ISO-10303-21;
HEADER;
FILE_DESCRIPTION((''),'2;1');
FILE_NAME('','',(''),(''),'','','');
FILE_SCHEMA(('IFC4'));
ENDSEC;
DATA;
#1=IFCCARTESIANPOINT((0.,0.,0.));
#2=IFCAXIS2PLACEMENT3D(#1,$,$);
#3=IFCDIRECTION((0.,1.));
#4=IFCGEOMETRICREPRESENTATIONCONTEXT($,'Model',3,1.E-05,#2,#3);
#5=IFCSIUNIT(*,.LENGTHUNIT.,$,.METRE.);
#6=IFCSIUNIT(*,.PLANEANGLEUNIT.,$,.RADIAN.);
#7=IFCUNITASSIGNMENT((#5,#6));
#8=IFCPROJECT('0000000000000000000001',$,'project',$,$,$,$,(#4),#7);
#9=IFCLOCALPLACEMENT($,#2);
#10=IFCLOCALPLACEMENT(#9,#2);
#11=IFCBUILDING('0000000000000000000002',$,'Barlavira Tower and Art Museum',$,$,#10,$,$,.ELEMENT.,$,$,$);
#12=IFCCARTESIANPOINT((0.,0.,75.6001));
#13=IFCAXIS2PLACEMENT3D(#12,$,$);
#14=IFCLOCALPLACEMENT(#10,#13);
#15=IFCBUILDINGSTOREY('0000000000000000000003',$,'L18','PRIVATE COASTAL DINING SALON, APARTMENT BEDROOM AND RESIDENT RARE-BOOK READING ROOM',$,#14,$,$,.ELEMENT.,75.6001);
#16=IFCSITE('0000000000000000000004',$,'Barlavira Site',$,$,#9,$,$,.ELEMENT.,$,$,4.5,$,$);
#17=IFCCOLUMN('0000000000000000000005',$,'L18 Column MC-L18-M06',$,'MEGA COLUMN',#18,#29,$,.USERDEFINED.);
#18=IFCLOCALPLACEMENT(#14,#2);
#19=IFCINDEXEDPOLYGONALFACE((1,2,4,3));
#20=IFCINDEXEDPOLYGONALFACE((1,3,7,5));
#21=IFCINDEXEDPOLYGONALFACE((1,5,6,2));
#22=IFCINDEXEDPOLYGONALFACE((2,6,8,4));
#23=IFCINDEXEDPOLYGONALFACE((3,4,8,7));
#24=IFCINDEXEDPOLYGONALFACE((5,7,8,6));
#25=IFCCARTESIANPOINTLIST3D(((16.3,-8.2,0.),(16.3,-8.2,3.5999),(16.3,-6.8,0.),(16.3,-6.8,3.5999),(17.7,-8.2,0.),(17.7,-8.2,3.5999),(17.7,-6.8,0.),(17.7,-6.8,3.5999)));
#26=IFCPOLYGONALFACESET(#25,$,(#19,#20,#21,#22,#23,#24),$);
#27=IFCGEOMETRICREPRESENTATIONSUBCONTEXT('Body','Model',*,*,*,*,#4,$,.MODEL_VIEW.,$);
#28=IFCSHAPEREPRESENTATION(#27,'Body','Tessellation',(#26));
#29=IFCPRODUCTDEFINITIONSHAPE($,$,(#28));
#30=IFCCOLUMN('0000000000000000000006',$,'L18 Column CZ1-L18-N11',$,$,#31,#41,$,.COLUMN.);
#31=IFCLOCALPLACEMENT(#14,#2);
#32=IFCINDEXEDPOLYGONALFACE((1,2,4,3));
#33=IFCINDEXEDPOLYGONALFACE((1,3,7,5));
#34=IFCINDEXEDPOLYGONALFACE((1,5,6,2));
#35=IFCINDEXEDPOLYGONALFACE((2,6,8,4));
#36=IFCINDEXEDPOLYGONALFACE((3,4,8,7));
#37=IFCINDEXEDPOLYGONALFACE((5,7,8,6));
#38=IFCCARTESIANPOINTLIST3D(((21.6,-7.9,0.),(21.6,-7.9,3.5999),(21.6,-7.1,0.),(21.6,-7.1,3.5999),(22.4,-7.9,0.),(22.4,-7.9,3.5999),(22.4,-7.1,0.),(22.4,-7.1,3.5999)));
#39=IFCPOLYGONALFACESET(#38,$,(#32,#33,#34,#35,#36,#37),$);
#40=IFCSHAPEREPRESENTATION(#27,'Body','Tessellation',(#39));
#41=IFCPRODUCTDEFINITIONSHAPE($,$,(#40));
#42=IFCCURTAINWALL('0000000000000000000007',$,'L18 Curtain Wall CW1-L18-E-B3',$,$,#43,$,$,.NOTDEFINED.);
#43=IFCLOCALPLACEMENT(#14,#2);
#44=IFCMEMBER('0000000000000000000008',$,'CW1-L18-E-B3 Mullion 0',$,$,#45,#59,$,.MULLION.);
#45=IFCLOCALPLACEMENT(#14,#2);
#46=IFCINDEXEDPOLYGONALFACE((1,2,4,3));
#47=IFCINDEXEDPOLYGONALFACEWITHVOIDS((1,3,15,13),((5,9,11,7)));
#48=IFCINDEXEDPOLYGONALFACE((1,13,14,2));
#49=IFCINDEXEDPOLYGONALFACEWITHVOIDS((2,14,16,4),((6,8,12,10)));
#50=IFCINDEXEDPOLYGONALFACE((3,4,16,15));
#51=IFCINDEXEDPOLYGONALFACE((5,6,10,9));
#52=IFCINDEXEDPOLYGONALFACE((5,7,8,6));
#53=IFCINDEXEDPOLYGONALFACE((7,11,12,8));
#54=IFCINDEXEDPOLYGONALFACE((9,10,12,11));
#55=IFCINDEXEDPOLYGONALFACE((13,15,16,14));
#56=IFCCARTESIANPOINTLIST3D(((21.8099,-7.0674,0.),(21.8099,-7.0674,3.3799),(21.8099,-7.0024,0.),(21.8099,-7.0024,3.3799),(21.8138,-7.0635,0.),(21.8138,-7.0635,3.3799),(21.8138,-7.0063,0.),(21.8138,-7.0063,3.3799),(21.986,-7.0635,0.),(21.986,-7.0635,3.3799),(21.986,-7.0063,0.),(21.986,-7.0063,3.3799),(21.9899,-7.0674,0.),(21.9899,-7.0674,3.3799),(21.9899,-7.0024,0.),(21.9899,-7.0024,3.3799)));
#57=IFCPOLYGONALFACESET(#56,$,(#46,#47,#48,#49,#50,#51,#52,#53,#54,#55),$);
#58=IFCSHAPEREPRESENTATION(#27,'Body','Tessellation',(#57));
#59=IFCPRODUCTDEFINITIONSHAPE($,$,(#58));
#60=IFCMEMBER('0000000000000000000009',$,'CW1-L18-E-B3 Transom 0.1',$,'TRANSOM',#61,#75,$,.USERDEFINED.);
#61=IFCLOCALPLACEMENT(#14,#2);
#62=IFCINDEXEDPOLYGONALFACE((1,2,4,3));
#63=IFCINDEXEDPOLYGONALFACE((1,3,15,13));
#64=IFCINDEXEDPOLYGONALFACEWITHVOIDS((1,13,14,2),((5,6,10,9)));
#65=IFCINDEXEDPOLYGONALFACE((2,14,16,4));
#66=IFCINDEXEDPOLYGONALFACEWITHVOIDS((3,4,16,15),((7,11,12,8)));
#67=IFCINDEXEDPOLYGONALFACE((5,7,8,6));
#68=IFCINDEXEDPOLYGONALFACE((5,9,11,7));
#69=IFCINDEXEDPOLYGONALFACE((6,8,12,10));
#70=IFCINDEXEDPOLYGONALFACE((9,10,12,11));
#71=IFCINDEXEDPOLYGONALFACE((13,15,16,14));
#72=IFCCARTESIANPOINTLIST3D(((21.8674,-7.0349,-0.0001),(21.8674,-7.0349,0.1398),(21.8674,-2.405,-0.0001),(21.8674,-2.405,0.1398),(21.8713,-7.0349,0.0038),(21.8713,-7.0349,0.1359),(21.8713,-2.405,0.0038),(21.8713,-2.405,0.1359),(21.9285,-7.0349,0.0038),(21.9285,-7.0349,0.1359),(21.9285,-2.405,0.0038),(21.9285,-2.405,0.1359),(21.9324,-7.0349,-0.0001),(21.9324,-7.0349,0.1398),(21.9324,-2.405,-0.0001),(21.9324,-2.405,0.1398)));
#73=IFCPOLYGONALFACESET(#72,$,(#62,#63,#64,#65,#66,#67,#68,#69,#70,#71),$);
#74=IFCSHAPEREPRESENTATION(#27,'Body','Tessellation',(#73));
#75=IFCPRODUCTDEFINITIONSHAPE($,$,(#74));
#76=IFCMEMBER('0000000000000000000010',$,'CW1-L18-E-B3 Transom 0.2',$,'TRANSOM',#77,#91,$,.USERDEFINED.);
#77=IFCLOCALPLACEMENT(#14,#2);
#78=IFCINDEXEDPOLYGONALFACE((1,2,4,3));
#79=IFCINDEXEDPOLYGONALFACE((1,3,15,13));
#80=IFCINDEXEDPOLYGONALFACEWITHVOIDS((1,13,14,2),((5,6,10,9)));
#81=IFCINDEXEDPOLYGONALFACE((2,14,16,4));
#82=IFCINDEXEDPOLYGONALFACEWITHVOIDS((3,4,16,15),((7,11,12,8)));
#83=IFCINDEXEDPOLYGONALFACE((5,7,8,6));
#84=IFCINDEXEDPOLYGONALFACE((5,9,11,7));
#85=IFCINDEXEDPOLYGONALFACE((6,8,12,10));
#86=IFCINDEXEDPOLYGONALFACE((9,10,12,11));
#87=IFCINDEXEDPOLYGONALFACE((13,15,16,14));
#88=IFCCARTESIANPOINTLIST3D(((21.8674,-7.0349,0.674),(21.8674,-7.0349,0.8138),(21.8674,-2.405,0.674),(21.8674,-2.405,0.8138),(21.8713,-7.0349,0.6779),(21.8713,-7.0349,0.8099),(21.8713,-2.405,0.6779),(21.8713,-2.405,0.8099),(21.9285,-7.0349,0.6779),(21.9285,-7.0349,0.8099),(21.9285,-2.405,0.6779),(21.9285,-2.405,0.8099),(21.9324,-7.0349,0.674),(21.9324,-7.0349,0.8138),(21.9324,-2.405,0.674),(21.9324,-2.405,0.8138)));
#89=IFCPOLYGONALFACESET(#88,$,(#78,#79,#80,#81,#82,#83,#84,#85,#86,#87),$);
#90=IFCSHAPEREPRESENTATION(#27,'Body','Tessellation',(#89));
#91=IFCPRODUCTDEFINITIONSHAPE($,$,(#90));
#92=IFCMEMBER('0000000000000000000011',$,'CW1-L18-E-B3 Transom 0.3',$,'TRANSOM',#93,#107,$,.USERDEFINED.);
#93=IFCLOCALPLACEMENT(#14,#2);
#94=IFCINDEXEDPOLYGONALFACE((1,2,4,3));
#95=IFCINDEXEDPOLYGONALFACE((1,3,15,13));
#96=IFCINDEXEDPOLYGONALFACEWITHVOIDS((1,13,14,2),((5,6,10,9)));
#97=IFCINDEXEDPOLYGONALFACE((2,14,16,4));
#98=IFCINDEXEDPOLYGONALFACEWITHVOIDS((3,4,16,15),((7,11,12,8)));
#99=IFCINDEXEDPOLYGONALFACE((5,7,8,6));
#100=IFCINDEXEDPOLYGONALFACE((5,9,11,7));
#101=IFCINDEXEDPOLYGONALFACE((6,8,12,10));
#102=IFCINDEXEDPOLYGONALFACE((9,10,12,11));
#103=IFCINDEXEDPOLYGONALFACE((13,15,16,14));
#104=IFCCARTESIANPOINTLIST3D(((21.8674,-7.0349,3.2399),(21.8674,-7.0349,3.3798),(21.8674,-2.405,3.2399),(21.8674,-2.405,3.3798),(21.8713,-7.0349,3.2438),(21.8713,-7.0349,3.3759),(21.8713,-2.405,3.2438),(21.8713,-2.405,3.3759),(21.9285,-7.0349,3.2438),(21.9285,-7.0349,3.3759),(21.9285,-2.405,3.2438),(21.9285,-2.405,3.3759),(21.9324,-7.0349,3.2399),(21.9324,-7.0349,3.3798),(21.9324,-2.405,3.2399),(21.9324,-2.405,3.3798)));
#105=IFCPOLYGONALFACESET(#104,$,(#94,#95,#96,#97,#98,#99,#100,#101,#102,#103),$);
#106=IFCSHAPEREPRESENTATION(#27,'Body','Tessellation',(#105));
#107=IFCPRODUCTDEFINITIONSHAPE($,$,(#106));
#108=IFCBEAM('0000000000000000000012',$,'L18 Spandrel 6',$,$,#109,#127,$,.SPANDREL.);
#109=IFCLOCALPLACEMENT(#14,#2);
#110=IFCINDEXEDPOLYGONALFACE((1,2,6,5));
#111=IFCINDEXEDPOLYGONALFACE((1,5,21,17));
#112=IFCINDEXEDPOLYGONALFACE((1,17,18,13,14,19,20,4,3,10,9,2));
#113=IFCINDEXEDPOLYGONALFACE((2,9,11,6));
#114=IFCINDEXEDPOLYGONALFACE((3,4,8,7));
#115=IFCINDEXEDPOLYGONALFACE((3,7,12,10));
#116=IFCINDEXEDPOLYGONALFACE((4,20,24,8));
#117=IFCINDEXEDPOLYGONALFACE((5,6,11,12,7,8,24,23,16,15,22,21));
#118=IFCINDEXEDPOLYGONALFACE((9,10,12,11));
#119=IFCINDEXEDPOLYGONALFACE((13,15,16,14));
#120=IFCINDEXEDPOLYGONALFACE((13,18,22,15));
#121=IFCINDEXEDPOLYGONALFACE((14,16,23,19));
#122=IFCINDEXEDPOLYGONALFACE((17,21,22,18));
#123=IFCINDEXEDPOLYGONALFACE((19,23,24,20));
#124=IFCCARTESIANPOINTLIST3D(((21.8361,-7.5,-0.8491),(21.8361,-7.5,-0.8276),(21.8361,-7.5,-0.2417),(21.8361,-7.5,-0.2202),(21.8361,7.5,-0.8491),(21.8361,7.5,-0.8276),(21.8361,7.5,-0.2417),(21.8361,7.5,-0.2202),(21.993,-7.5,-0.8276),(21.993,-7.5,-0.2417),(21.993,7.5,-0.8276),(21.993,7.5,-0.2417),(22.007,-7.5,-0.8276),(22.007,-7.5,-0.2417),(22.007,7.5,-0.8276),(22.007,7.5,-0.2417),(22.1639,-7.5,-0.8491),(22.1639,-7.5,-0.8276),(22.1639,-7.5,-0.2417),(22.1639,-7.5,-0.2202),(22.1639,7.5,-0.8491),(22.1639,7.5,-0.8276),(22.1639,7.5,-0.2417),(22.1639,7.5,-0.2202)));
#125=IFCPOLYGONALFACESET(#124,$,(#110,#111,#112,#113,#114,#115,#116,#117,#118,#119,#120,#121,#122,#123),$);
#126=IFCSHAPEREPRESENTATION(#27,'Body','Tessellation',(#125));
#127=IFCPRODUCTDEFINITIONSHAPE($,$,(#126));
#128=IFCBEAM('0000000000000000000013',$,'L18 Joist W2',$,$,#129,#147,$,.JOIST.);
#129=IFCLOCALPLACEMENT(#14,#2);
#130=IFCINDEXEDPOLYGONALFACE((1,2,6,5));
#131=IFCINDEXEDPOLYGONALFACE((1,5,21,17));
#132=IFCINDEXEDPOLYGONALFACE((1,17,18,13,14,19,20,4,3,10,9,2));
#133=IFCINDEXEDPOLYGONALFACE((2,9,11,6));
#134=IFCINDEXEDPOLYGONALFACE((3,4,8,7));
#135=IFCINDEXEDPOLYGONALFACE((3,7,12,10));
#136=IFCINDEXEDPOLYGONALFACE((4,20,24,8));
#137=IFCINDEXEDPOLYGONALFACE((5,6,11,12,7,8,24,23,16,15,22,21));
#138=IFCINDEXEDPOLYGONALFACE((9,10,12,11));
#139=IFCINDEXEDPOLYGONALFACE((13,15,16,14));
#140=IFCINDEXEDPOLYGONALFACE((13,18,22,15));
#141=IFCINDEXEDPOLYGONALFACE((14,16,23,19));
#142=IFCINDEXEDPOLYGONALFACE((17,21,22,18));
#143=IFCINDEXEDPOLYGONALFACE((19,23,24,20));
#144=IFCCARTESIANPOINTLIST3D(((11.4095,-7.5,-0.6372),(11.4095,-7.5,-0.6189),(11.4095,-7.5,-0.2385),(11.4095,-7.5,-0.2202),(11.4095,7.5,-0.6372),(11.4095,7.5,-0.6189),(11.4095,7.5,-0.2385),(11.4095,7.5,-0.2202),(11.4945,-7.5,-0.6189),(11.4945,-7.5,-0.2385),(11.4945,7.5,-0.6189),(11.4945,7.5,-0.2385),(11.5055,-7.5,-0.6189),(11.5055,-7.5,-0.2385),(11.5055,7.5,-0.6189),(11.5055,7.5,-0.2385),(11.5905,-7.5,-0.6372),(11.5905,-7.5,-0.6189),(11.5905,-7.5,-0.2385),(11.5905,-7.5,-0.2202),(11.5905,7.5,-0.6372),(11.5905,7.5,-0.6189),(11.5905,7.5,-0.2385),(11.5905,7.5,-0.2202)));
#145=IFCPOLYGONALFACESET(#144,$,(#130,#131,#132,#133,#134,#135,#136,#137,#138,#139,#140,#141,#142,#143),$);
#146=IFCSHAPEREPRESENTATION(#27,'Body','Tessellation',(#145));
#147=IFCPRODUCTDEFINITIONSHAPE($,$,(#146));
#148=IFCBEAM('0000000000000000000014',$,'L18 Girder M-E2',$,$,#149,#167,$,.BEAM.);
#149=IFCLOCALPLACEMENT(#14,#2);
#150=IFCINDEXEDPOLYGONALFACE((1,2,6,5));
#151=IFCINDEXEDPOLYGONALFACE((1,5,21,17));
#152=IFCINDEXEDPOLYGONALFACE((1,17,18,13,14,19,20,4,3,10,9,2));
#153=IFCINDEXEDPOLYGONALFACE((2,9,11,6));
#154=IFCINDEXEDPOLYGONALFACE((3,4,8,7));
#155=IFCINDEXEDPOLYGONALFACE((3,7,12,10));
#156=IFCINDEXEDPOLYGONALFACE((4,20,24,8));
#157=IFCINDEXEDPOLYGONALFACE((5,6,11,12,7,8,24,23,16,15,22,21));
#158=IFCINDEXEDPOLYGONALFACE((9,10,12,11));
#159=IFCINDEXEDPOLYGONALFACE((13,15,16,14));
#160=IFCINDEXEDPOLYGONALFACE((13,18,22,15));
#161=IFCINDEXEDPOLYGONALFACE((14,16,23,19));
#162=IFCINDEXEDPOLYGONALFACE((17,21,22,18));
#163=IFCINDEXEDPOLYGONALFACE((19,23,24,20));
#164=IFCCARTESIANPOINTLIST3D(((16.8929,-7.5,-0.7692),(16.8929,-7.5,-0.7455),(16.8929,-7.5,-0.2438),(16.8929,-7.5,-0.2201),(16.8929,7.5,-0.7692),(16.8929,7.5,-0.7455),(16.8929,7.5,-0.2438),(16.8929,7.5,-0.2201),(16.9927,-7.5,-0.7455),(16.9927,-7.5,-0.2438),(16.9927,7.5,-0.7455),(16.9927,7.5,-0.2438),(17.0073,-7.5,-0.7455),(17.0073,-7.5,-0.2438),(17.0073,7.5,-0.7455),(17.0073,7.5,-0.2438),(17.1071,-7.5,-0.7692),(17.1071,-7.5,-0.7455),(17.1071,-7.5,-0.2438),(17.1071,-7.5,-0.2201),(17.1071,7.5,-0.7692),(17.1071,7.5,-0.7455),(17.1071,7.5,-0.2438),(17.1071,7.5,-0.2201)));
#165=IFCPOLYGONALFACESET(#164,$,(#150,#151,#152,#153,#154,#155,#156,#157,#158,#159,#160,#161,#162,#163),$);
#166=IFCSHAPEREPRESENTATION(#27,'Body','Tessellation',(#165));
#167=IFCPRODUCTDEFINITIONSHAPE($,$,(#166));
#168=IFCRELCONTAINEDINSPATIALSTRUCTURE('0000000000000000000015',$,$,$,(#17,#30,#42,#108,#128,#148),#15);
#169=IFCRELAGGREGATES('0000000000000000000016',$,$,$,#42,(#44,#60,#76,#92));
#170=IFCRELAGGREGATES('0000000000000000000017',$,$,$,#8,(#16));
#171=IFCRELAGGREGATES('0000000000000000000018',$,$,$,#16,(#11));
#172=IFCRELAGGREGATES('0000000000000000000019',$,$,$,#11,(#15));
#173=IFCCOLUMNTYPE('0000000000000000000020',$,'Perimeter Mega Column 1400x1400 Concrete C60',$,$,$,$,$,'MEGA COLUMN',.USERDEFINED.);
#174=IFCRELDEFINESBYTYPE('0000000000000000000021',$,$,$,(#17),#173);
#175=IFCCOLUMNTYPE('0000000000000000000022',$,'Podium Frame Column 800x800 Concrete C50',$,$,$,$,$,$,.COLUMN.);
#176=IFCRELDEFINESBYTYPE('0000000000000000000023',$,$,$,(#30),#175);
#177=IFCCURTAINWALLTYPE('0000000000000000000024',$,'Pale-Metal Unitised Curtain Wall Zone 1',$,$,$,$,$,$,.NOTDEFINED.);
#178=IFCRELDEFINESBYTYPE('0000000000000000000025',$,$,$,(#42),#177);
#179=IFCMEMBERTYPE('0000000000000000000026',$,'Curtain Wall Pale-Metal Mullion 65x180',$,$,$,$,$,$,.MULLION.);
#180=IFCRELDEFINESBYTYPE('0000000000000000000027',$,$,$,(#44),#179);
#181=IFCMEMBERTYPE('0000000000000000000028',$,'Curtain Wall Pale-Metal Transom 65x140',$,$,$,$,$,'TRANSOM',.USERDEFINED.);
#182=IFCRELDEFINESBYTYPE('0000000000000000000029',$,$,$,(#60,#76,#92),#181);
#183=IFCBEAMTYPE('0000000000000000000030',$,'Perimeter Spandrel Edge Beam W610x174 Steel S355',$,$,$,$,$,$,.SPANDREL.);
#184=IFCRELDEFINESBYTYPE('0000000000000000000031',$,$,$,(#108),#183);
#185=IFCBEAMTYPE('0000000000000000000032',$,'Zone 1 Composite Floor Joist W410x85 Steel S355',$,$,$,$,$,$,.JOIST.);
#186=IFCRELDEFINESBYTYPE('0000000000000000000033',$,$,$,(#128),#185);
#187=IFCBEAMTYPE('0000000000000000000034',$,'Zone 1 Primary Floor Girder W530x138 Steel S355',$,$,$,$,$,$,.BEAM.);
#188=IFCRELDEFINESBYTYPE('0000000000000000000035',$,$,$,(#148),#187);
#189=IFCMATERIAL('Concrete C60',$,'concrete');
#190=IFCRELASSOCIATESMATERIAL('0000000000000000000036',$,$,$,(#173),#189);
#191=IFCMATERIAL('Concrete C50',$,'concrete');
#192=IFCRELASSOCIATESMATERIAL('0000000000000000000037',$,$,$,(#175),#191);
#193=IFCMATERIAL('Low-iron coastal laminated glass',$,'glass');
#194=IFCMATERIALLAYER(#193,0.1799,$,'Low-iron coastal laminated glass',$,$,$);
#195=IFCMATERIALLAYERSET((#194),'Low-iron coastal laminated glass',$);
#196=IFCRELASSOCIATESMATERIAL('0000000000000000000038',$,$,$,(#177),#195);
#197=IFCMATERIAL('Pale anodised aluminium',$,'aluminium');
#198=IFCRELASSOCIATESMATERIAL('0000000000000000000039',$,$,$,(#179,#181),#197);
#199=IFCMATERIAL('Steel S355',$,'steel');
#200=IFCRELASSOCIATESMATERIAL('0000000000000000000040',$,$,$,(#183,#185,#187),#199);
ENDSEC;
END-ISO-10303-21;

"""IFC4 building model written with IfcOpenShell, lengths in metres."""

from ifc_helpers import new_model, si_unit, direction, frame, origin, origin_2d, place, context, subcontext, project, spatial, rectangle, hollow_rectangle, i_section, extrude, material, layer, layer_set, material_profile, profile_set, type_object, element, aggregate, save


model = new_model("IFC4")

# Units and contexts
model_context = context("Model", 3, precision=1e-05, world=origin(), true_north=direction((0.0, 1.0)))
body_context = subcontext(model_context, "Body", "Model", "MODEL_VIEW")
ifc_project = project(units=[si_unit("LENGTHUNIT", "METRE"), si_unit("PLANEANGLEUNIT", "RADIAN")], contexts=[model_context])

# Site, building, storey
site_placement = place(None, origin())
site = spatial("IfcSite", under=ifc_project, at=site_placement, Name="Barlavira Site", CompositionType="ELEMENT", RefElevation=4.5)
building_placement = place(site_placement, origin())
building = spatial("IfcBuilding", under=site, at=building_placement, Name="Barlavira Tower and Art Museum", CompositionType="ELEMENT")
storey_placement = place(building_placement, frame((0.0, 0.0, 75.6001)))
storey = spatial("IfcBuildingStorey", under=building, at=storey_placement, Name="L18", Description="PRIVATE COASTAL DINING SALON, APARTMENT BEDROOM AND RESIDENT RARE-BOOK READING ROOM", CompositionType="ELEMENT", Elevation=75.6001)

# Columns
ifc_material_1 = material(Name="Concrete C60", Category="concrete")
ifc_material_profile_1 = material_profile(ifc_material_1, rectangle(XDim=1.3999, YDim=1.3999, at=origin_2d()), Name="RC-MCOL 1400x1400")
ifc_profile_set_1 = profile_set([ifc_material_profile_1], Name="Concrete C60")
column_type_1 = type_object("IfcColumnType", Name="Perimeter Mega Column 1400x1400 Concrete C60", ElementType="MEGA COLUMN", PredefinedType="USERDEFINED", material=ifc_profile_set_1)
column_1_placement = place(storey_placement, frame((17.0, -7.5, 0.0), z_axis=(0.0, 0.0, 1.0), x_axis=(1.0, 0.0, 0.0)))
element("IfcColumn", 1, at=column_1_placement, inside=storey, type_object=column_type_1, Name="L18 Column MC-L18-M06", ObjectType="MEGA COLUMN", PredefinedType="USERDEFINED", context=body_context, shape_type="SweptSolid", body=[
    extrude(rectangle(XDim=1.3999, YDim=1.3999, at=origin_2d()), origin(), (0.0, 0.0, 1.0), 3.5999),
])
ifc_material_2 = material(Name="Concrete C50", Category="concrete")
ifc_material_profile_2 = material_profile(ifc_material_2, rectangle(XDim=0.8, YDim=0.8, at=origin_2d()), Name="RC-COL 800x800")
ifc_profile_set_2 = profile_set([ifc_material_profile_2], Name="Concrete C50")
column_type_2 = type_object("IfcColumnType", Name="Podium Frame Column 800x800 Concrete C50", PredefinedType="COLUMN", material=ifc_profile_set_2)
column_2_placement = place(storey_placement, frame((22.0, -7.5, 0.0), z_axis=(0.0, 0.0, 1.0), x_axis=(1.0, 0.0, 0.0)))
element("IfcColumn", 2, at=column_2_placement, inside=storey, type_object=column_type_2, Name="L18 Column CZ1-L18-N11", PredefinedType="COLUMN", context=body_context, shape_type="SweptSolid", body=[
    extrude(rectangle(XDim=0.8, YDim=0.8, at=origin_2d()), origin(), (0.0, 0.0, 1.0), 3.5999),
])

# Curtain wall, members
ifc_material_3 = material(Name="Low-iron coastal laminated glass", Category="glass")
ifc_layer_1 = layer(ifc_material_3, 0.1799, Name="Low-iron coastal laminated glass")
ifc_layer_set_1 = layer_set([ifc_layer_1], Name="Low-iron coastal laminated glass")
curtain_wall_type = type_object("IfcCurtainWallType", Name="Pale-Metal Unitised Curtain Wall Zone 1", PredefinedType="NOTDEFINED", material=ifc_layer_set_1)
curtain_wall_placement = place(storey_placement, origin())
curtain_wall = element("IfcCurtainWall", 3, at=curtain_wall_placement, inside=storey, type_object=curtain_wall_type, Name="L18 Curtain Wall CW1-L18-E-B3", PredefinedType="NOTDEFINED")
ifc_material_4 = material(Name="Pale anodised aluminium", Category="aluminium")
ifc_material_profile_3 = material_profile(ifc_material_4, hollow_rectangle(XDim=0.0649, YDim=0.1799, WallThickness=0.0039, at=origin_2d()), Name="ALU-MULL 65x180x4")
ifc_profile_set_3 = profile_set([ifc_material_profile_3], Name="Pale anodised aluminium")
member_type_1 = type_object("IfcMemberType", Name="Curtain Wall Pale-Metal Mullion 65x180", PredefinedType="MULLION", material=ifc_profile_set_3)
member_1_placement = place(storey_placement, frame((21.8999, -7.0349, 0.0), z_axis=(0.0, 0.0, 1.0), x_axis=(0.0, 1.0, 0.0)))
member_1 = element("IfcMember", 4, at=member_1_placement, type_object=member_type_1, Name="CW1-L18-E-B3 Mullion 0", PredefinedType="MULLION", context=body_context, shape_type="SweptSolid", body=[
    extrude(hollow_rectangle(XDim=0.0649, YDim=0.1799, WallThickness=0.0039, at=origin_2d()), origin(), (0.0, 0.0, 1.0), 3.3799),
])
ifc_material_profile_4 = material_profile(ifc_material_4, hollow_rectangle(XDim=0.0649, YDim=0.1399, WallThickness=0.0039, at=origin_2d()), Name="ALU-TRAN 65x140x4")
ifc_profile_set_4 = profile_set([ifc_material_profile_4], Name="Pale anodised aluminium")
member_type_2 = type_object("IfcMemberType", Name="Curtain Wall Pale-Metal Transom 65x140", ElementType="TRANSOM", PredefinedType="USERDEFINED", material=ifc_profile_set_4)
member_2_placement = place(storey_placement, frame((21.8999, -7.0349, 0.0698), z_axis=(0.0, 1.0, 0.0), x_axis=(-1.0, 0.0, 0.0)))
member_2 = element("IfcMember", 5, at=member_2_placement, type_object=member_type_2, Name="CW1-L18-E-B3 Transom 0.1", ObjectType="TRANSOM", PredefinedType="USERDEFINED", context=body_context, shape_type="SweptSolid", body=[
    extrude(hollow_rectangle(XDim=0.0649, YDim=0.1399, WallThickness=0.0039, at=origin_2d()), origin(), (0.0, 0.0, 1.0), 4.6299),
])
member_3_placement = place(storey_placement, frame((21.8999, -7.0349, 0.7439), z_axis=(0.0, 1.0, 0.0), x_axis=(-1.0, 0.0, 0.0)))
member_3 = element("IfcMember", 6, at=member_3_placement, type_object=member_type_2, Name="CW1-L18-E-B3 Transom 0.2", ObjectType="TRANSOM", PredefinedType="USERDEFINED", context=body_context, shape_type="SweptSolid", body=[
    extrude(hollow_rectangle(XDim=0.0649, YDim=0.1399, WallThickness=0.0039, at=origin_2d()), origin(), (0.0, 0.0, 1.0), 4.6299),
])
member_4_placement = place(storey_placement, frame((21.8999, -7.0349, 3.3098), z_axis=(0.0, 1.0, 0.0), x_axis=(-1.0, 0.0, 0.0)))
member_4 = element("IfcMember", 7, at=member_4_placement, type_object=member_type_2, Name="CW1-L18-E-B3 Transom 0.3", ObjectType="TRANSOM", PredefinedType="USERDEFINED", context=body_context, shape_type="SweptSolid", body=[
    extrude(hollow_rectangle(XDim=0.0649, YDim=0.1399, WallThickness=0.0039, at=origin_2d()), origin(), (0.0, 0.0, 1.0), 4.6299),
])

# Beams
ifc_material_5 = material(Name="Steel S355", Category="steel")
ifc_material_profile_5 = material_profile(ifc_material_5, i_section(OverallWidth=0.3279, OverallDepth=0.6289, WebThickness=0.0139, FlangeThickness=0.0215, at=origin_2d()), Name="W610x174.0")
ifc_profile_set_5 = profile_set([ifc_material_profile_5], Name="Steel S355")
beam_type_1 = type_object("IfcBeamType", Name="Perimeter Spandrel Edge Beam W610x174 Steel S355", PredefinedType="SPANDREL", material=ifc_profile_set_5)
beam_1_placement = place(storey_placement, frame((22.0, -7.5, -0.5347), z_axis=(0.0, 1.0, 0.0), x_axis=(-1.0, 0.0, 0.0)))
element("IfcBeam", 8, at=beam_1_placement, inside=storey, type_object=beam_type_1, Name="L18 Spandrel 6", PredefinedType="SPANDREL", context=body_context, shape_type="SweptSolid", body=[
    extrude(i_section(OverallWidth=0.3279, OverallDepth=0.6289, WebThickness=0.0139, FlangeThickness=0.0215, at=origin_2d()), origin(), (0.0, 0.0, 1.0), 15.0),
])
ifc_material_profile_6 = material_profile(ifc_material_5, i_section(OverallWidth=0.1809, OverallDepth=0.417, WebThickness=0.011, FlangeThickness=0.0183, at=origin_2d()), Name="W410x85.0")
ifc_profile_set_6 = profile_set([ifc_material_profile_6], Name="Steel S355")
beam_type_2 = type_object("IfcBeamType", Name="Zone 1 Composite Floor Joist W410x85 Steel S355", PredefinedType="JOIST", material=ifc_profile_set_6)
beam_2_placement = place(storey_placement, frame((11.5, -7.5, -0.4287), z_axis=(0.0, 1.0, 0.0), x_axis=(-1.0, 0.0, 0.0)))
element("IfcBeam", 9, at=beam_2_placement, inside=storey, type_object=beam_type_2, Name="L18 Joist W2", PredefinedType="JOIST", context=body_context, shape_type="SweptSolid", body=[
    extrude(i_section(OverallWidth=0.1809, OverallDepth=0.417, WebThickness=0.011, FlangeThickness=0.0183, at=origin_2d()), origin(), (0.0, 0.0, 1.0), 15.0),
])
ifc_material_profile_7 = material_profile(ifc_material_5, i_section(OverallWidth=0.2141, OverallDepth=0.5491, WebThickness=0.0146, FlangeThickness=0.0237, at=origin_2d()), Name="W530x138.0")
ifc_profile_set_7 = profile_set([ifc_material_profile_7], Name="Steel S355")
beam_type_3 = type_object("IfcBeamType", Name="Zone 1 Primary Floor Girder W530x138 Steel S355", PredefinedType="BEAM", material=ifc_profile_set_7)
beam_3_placement = place(storey_placement, frame((17.0, -7.5, -0.4946), z_axis=(0.0, 1.0, 0.0), x_axis=(-1.0, 0.0, 0.0)))
element("IfcBeam", 10, at=beam_3_placement, inside=storey, type_object=beam_type_3, Name="L18 Girder M-E2", PredefinedType="BEAM", context=body_context, shape_type="SweptSolid", body=[
    extrude(i_section(OverallWidth=0.2141, OverallDepth=0.5491, WebThickness=0.0146, FlangeThickness=0.0237, at=origin_2d()), origin(), (0.0, 0.0, 1.0), 15.0),
])

aggregate(curtain_wall, [member_1, member_2, member_3, member_4])

save(model, "model.ifc")
